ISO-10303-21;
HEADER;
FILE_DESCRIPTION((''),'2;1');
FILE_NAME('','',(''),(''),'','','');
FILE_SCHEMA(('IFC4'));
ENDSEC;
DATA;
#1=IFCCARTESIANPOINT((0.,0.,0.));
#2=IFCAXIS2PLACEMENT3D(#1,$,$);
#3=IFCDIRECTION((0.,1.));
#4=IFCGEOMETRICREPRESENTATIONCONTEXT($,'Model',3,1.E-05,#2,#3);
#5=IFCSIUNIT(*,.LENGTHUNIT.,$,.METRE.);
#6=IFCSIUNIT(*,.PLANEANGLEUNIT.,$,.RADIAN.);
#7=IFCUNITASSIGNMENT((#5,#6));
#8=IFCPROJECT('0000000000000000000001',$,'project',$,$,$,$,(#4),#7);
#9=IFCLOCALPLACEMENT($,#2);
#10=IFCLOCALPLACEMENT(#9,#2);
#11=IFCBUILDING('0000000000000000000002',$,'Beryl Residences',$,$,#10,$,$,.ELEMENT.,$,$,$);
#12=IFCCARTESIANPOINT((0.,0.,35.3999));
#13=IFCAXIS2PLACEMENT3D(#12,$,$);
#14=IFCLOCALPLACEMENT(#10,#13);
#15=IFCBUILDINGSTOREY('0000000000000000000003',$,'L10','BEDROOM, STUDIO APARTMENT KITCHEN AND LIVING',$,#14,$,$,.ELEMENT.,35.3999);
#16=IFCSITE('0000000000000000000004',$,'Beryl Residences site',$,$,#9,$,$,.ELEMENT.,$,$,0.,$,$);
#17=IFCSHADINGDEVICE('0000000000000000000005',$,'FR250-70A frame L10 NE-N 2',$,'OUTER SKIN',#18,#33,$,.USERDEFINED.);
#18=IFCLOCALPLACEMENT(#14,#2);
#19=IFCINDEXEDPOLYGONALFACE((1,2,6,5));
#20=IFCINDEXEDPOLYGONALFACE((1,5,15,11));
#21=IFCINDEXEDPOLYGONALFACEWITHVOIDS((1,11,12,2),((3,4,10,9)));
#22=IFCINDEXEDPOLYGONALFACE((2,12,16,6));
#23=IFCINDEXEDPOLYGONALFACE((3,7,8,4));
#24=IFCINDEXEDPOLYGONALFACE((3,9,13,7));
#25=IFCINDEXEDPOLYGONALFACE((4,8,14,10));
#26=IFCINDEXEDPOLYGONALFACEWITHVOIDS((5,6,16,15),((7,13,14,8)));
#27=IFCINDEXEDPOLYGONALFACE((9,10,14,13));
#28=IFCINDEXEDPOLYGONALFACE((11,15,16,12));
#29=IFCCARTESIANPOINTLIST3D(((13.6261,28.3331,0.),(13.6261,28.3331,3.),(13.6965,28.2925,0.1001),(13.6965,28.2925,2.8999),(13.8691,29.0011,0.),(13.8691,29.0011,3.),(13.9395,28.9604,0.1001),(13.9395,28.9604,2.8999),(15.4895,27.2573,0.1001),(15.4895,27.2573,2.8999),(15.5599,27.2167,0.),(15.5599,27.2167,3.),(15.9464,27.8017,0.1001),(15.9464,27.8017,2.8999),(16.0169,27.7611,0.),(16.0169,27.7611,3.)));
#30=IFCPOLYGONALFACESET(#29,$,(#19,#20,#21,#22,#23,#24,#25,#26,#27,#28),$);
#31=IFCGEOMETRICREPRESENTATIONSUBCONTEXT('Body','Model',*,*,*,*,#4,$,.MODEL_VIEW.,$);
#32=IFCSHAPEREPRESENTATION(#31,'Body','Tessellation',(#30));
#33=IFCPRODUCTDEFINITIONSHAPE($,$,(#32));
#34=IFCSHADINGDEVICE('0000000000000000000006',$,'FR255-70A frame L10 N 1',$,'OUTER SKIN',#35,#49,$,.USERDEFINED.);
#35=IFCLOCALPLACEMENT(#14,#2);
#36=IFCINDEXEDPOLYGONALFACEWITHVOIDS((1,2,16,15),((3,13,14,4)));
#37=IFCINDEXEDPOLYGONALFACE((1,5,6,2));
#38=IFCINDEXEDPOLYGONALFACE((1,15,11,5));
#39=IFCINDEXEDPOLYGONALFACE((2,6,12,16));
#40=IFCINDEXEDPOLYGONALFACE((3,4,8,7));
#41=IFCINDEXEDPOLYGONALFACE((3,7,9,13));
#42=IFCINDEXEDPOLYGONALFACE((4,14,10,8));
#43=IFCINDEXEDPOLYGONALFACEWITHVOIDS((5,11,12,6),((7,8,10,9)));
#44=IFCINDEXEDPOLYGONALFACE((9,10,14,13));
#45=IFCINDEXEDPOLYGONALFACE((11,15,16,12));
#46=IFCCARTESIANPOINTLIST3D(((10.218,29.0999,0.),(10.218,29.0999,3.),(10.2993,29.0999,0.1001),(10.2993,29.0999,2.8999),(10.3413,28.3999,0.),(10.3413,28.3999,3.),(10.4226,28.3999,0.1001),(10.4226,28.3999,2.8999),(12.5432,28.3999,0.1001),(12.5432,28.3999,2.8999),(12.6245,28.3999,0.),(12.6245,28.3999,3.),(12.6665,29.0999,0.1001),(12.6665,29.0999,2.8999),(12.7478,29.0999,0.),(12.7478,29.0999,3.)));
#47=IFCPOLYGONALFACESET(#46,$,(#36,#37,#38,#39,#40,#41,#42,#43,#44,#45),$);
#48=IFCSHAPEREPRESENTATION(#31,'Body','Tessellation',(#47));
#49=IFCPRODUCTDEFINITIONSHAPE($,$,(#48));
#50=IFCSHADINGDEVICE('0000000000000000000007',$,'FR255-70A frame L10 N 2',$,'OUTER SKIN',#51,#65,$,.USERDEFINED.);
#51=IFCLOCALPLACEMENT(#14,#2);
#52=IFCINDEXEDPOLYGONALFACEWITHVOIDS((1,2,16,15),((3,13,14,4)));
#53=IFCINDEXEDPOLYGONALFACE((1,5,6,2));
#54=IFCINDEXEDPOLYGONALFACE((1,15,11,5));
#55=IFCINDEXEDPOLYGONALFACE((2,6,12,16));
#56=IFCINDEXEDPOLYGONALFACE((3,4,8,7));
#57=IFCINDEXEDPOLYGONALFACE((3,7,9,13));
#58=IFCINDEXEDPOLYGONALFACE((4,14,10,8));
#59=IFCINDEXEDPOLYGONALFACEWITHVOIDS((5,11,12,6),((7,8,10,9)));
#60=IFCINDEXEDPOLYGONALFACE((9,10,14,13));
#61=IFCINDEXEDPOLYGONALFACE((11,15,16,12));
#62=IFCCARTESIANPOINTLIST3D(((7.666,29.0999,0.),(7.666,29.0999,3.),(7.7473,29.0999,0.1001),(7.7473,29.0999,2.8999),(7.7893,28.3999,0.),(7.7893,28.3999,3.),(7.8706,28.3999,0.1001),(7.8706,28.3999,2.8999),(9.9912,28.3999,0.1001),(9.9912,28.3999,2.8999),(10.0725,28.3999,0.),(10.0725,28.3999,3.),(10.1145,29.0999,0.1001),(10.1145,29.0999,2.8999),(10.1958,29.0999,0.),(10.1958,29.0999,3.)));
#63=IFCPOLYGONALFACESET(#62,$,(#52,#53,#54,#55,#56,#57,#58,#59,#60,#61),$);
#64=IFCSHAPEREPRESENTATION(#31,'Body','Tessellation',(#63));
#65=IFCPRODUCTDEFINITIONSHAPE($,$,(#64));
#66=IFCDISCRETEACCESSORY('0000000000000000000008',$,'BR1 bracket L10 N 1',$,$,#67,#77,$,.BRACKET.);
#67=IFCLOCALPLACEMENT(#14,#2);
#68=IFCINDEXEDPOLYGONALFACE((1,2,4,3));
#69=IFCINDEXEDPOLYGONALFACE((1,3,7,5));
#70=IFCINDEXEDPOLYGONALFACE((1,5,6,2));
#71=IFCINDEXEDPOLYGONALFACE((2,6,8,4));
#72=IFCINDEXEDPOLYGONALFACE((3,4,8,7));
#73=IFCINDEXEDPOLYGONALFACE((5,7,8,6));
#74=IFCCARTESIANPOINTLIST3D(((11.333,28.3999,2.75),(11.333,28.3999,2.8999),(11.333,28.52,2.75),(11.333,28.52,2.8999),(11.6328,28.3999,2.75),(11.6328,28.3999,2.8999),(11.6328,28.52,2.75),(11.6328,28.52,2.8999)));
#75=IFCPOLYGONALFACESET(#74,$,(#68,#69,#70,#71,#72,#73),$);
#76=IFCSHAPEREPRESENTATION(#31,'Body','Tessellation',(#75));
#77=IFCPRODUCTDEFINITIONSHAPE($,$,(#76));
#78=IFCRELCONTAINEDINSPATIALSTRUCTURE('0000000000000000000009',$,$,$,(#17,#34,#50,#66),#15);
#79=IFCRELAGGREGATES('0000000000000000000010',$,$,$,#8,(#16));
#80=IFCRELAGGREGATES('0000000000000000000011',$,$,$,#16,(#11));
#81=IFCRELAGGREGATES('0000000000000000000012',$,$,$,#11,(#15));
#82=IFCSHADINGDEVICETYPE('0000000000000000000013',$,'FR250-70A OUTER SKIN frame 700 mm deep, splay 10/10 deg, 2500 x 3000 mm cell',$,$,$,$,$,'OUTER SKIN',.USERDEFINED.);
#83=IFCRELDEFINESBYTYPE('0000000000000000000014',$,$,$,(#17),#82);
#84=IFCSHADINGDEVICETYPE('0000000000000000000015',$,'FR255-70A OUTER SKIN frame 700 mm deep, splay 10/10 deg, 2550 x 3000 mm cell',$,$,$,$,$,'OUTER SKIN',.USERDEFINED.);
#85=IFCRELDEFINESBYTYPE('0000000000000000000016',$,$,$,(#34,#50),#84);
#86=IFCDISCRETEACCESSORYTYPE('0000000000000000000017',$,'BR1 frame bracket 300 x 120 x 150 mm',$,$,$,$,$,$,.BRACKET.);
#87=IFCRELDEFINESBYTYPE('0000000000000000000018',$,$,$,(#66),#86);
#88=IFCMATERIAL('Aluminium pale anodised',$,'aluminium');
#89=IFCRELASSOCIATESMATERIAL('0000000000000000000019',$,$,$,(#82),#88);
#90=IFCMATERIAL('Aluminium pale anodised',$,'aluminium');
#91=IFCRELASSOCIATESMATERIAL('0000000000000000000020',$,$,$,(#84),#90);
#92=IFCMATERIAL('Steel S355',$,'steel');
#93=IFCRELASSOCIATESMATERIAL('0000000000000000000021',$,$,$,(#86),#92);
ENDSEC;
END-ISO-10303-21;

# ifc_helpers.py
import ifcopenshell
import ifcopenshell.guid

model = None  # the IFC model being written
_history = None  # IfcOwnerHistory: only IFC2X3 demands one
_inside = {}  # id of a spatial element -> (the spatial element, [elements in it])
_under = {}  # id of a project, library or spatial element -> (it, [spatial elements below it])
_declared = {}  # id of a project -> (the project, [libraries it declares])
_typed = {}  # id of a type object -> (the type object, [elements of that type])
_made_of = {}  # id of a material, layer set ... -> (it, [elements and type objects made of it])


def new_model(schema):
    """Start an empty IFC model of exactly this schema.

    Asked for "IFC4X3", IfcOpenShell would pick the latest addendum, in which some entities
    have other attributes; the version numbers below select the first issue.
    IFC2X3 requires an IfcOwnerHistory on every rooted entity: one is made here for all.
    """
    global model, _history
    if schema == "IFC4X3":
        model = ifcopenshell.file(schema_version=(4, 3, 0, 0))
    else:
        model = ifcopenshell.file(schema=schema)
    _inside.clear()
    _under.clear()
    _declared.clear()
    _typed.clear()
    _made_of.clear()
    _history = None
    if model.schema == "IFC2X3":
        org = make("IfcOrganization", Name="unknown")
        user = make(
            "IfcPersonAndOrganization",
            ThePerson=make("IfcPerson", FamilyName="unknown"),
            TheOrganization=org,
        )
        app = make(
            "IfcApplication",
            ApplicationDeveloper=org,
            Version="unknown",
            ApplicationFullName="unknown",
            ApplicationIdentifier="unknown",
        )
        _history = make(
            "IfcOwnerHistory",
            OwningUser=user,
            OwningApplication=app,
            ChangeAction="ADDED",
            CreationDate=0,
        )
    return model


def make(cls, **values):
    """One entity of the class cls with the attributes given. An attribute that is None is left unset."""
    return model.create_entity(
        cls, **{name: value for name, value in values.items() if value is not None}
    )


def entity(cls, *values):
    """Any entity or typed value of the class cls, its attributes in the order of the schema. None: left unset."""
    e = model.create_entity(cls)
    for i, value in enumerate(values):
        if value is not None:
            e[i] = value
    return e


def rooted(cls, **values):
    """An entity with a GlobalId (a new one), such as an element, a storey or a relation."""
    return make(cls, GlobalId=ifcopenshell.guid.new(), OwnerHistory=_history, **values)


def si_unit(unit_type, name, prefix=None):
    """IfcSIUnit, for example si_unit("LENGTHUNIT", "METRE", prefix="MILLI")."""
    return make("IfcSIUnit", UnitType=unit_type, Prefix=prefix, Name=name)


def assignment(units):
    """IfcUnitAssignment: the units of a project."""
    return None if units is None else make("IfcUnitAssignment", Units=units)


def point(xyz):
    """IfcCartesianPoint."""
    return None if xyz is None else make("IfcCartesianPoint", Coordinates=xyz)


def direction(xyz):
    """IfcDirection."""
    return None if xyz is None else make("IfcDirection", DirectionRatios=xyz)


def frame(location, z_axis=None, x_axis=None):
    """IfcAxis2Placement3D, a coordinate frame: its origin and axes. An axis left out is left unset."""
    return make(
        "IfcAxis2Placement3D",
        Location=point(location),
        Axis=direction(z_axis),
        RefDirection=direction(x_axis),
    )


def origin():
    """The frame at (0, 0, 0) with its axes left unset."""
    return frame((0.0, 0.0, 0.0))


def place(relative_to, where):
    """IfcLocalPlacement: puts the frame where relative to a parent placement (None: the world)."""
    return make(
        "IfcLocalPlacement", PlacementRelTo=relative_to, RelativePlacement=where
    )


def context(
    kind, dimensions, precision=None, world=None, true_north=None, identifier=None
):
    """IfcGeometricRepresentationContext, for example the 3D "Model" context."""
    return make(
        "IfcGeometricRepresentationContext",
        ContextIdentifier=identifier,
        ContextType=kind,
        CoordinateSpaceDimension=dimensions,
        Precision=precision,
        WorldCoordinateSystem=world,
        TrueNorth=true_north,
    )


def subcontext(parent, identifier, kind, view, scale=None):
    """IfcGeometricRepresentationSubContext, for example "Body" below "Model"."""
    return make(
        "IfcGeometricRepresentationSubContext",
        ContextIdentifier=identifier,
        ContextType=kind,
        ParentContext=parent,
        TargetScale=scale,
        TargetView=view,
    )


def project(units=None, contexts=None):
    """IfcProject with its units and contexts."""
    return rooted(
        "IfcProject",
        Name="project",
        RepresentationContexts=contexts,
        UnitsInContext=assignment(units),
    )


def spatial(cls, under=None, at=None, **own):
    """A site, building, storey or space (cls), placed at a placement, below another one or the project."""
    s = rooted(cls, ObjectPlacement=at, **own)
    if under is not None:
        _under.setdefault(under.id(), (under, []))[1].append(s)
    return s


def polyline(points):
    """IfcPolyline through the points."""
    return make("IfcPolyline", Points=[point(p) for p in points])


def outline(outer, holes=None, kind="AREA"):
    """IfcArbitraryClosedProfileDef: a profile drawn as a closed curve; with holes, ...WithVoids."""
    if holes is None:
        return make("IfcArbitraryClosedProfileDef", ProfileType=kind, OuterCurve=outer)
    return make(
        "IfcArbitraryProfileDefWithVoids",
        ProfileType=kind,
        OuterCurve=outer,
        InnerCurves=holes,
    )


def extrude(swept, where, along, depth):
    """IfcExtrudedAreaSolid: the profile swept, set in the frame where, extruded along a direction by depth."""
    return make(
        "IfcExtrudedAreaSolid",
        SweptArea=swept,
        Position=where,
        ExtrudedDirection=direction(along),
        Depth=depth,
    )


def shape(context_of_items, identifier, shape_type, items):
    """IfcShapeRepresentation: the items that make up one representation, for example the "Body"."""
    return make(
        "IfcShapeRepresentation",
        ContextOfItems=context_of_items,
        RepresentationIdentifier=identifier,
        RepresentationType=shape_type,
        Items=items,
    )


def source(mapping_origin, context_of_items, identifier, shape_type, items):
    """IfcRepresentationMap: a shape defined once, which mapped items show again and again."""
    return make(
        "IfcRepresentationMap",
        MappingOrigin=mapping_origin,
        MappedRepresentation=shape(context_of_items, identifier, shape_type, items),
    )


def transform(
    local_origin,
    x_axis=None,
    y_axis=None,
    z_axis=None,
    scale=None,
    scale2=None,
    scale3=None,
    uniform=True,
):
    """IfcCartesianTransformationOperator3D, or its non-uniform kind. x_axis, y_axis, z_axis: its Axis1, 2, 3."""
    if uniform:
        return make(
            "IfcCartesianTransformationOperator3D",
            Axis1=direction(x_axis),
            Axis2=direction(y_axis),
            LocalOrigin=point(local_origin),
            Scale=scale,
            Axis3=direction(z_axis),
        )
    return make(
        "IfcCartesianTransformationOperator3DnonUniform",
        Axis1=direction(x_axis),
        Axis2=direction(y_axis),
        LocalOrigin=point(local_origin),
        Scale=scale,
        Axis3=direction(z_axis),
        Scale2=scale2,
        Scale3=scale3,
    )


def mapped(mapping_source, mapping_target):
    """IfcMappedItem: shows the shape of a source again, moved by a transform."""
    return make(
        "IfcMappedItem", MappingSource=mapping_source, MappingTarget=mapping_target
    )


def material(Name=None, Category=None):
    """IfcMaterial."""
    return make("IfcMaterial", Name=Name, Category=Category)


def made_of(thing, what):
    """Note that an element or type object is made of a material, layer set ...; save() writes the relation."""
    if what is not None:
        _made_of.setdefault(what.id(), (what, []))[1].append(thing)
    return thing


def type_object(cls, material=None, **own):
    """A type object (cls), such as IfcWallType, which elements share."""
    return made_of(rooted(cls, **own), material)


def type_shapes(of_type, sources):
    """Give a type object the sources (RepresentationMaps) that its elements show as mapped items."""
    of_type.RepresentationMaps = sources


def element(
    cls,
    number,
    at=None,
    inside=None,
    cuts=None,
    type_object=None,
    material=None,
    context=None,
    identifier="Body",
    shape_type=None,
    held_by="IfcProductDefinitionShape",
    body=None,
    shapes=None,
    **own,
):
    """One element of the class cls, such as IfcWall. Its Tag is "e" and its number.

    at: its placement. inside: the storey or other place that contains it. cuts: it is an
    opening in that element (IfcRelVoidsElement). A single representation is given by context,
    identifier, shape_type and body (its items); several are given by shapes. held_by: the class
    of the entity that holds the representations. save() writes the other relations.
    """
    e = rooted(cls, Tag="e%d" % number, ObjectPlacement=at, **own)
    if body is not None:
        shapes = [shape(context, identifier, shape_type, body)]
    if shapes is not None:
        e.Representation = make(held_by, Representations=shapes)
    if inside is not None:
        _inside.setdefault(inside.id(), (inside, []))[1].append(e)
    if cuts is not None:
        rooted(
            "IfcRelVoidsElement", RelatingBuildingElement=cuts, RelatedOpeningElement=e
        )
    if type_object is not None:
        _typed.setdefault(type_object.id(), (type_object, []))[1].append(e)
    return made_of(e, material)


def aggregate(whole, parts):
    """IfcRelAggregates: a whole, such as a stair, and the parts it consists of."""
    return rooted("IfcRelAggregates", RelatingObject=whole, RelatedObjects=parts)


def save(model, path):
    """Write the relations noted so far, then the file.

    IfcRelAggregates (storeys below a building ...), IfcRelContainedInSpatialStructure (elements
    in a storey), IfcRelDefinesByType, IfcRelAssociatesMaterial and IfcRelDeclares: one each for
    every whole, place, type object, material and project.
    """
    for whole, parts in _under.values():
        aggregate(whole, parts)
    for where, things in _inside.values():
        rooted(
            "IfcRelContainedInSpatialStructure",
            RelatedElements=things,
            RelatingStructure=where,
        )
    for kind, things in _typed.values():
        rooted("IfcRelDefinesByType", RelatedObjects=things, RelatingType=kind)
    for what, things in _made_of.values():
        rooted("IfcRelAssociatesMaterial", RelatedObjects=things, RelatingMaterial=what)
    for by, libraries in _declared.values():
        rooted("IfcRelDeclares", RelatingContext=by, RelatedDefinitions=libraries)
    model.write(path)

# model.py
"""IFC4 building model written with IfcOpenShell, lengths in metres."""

from ifc_helpers import new_model, entity, si_unit, direction, frame, origin, place, context, subcontext, project, spatial, polyline, outline, extrude, source, transform, mapped, material, type_object, type_shapes, element, save


model = new_model("IFC4")

# Units and contexts
model_context = context("Model", 3, precision=1e-05, world=origin(), true_north=direction((0.0, 1.0)))
body_context = subcontext(model_context, "Body", "Model", "MODEL_VIEW")
ifc_project = project(units=[si_unit("LENGTHUNIT", "METRE"), si_unit("PLANEANGLEUNIT", "RADIAN")], contexts=[model_context])

# Site, building, storey
site_placement = place(None, origin())
site = spatial("IfcSite", under=ifc_project, at=site_placement, Name="Beryl Residences site", CompositionType="ELEMENT", RefElevation=0.0)
building_placement = place(site_placement, origin())
building = spatial("IfcBuilding", under=site, at=building_placement, Name="Beryl Residences", CompositionType="ELEMENT")
storey_placement = place(building_placement, frame((0.0, 0.0, 35.3999)))
storey = spatial("IfcBuildingStorey", under=building, at=storey_placement, Name="L10", Description="BEDROOM, STUDIO APARTMENT KITCHEN AND LIVING", CompositionType="ELEMENT", Elevation=35.3999)

# Shading devices
ifc_material_1 = material(Name="Aluminium pale anodised", Category="aluminium")
shading_device_type_1 = type_object("IfcShadingDeviceType", Name="FR250-70A OUTER SKIN frame 700 mm deep, splay 10/10 deg, 2500 x 3000 mm cell", ElementType="OUTER SKIN", PredefinedType="USERDEFINED", material=ifc_material_1)
cartesian_point_1 = entity("IfcCartesianPoint", [-1.1165, 0.0])
cartesian_point_2 = entity("IfcCartesianPoint", [-1.0352, 0.1001])
cartesian_point_3 = entity("IfcCartesianPoint", [-1.24, 0.0])
cartesian_point_4 = entity("IfcCartesianPoint", [-1.1587, 0.1001])
shared_shape_1 = source(origin(), body_context, "Body", "SweptSolid", [
    entity("IfcExtrudedAreaSolidTapered", entity("IfcArbitraryProfileDefWithVoids", "AREA", None, entity("IfcPolyline", [cartesian_point_1, entity("IfcCartesianPoint", [1.1165, 0.0]), entity("IfcCartesianPoint", [1.1165, 3.0]), entity("IfcCartesianPoint", [-1.1165, 3.0]), cartesian_point_1]), [entity("IfcPolyline", [cartesian_point_2, entity("IfcCartesianPoint", [1.0352, 0.1001]), entity("IfcCartesianPoint", [1.0352, 2.8999]), entity("IfcCartesianPoint", [-1.0352, 2.8999]), cartesian_point_2])]), entity("IfcAxis2Placement3D", entity("IfcCartesianPoint", [0.0, 0.0, 0.0]), entity("IfcDirection", [0.0, 1.0, 0.0]), entity("IfcDirection", [-1.0, 0.0, 0.0])), entity("IfcDirection", [0.0, 0.0, 1.0]), 0.7, entity("IfcArbitraryProfileDefWithVoids", "AREA", None, entity("IfcPolyline", [cartesian_point_3, entity("IfcCartesianPoint", [1.24, 0.0]), entity("IfcCartesianPoint", [1.24, 3.0]), entity("IfcCartesianPoint", [-1.24, 3.0]), cartesian_point_3]), [entity("IfcPolyline", [cartesian_point_4, entity("IfcCartesianPoint", [1.1587, 0.1001]), entity("IfcCartesianPoint", [1.1587, 2.8999]), entity("IfcCartesianPoint", [-1.1587, 2.8999]), cartesian_point_4])])),
])
type_shapes(shading_device_type_1, [shared_shape_1])
shading_device_placement = place(storey_placement, frame((14.593, 27.7749, 0.0), z_axis=(0.0, 0.0, 1.0), x_axis=(0.866025, -0.5, 0.0)))
element("IfcShadingDevice", 1, at=shading_device_placement, inside=storey, type_object=shading_device_type_1, Name="FR250-70A frame L10 NE-N 2", ObjectType="OUTER SKIN", PredefinedType="USERDEFINED", context=body_context, shape_type="MappedRepresentation", body=[
    mapped(shared_shape_1, transform((0.0, 0.0, 0.0))),
])
ifc_material_2 = material(Name="Aluminium pale anodised", Category="aluminium")
shading_device_type_2 = type_object("IfcShadingDeviceType", Name="FR255-70A OUTER SKIN frame 700 mm deep, splay 10/10 deg, 2550 x 3000 mm cell", ElementType="OUTER SKIN", PredefinedType="USERDEFINED", material=ifc_material_2)
cartesian_point_5 = entity("IfcCartesianPoint", [-1.1416, 0.0])
cartesian_point_6 = entity("IfcCartesianPoint", [-1.0603, 0.1001])
cartesian_point_7 = entity("IfcCartesianPoint", [-1.2649, 0.0])
cartesian_point_8 = entity("IfcCartesianPoint", [-1.1836, 0.1001])
shared_shape_2 = source(origin(), body_context, "Body", "SweptSolid", [
    entity("IfcExtrudedAreaSolidTapered", entity("IfcArbitraryProfileDefWithVoids", "AREA", None, entity("IfcPolyline", [cartesian_point_5, entity("IfcCartesianPoint", [1.1416, 0.0]), entity("IfcCartesianPoint", [1.1416, 3.0]), entity("IfcCartesianPoint", [-1.1416, 3.0]), cartesian_point_5]), [entity("IfcPolyline", [cartesian_point_6, entity("IfcCartesianPoint", [1.0603, 0.1001]), entity("IfcCartesianPoint", [1.0603, 2.8999]), entity("IfcCartesianPoint", [-1.0603, 2.8999]), cartesian_point_6])]), entity("IfcAxis2Placement3D", entity("IfcCartesianPoint", [0.0, 0.0, 0.0]), entity("IfcDirection", [0.0, 1.0, 0.0]), entity("IfcDirection", [-1.0, 0.0, 0.0])), entity("IfcDirection", [0.0, 0.0, 1.0]), 0.7, entity("IfcArbitraryProfileDefWithVoids", "AREA", None, entity("IfcPolyline", [cartesian_point_7, entity("IfcCartesianPoint", [1.2649, 0.0]), entity("IfcCartesianPoint", [1.2649, 3.0]), entity("IfcCartesianPoint", [-1.2649, 3.0]), cartesian_point_7]), [entity("IfcPolyline", [cartesian_point_8, entity("IfcCartesianPoint", [1.1836, 0.1001]), entity("IfcCartesianPoint", [1.1836, 2.8999]), entity("IfcCartesianPoint", [-1.1836, 2.8999]), cartesian_point_8])])),
])
type_shapes(shading_device_type_2, [shared_shape_2])
for number, where, z_axis, x_axis, name in (
    (2, (11.4829, 28.3999, 0.0), (0.0, 0.0, 1.0), (1.0, 0.0, 0.0), "FR255-70A frame L10 N 1"),
    (3, (8.9309, 28.3999, 0.0), (0.0, 0.0, 1.0), (1.0, 0.0, 0.0), "FR255-70A frame L10 N 2"),
):
    element("IfcShadingDevice", number, at=place(storey_placement, frame(where, z_axis=z_axis, x_axis=x_axis)), inside=storey, type_object=shading_device_type_2, Name=name, ObjectType="OUTER SKIN", PredefinedType="USERDEFINED", context=body_context, shape_type="MappedRepresentation", body=[
        mapped(shared_shape_2, transform((0.0, 0.0, 0.0))),
    ])

# Discrete accessory
ifc_material_3 = material(Name="Steel S355", Category="steel")
discrete_accessory_type = type_object("IfcDiscreteAccessoryType", Name="BR1 frame bracket 300 x 120 x 150 mm", PredefinedType="BRACKET", material=ifc_material_3)
shared_shape_3 = source(origin(), body_context, "Body", "SweptSolid", [
    extrude(outline(polyline([(-0.1499, 0.0), (0.1499, 0.0), (0.1499, 0.1201), (-0.1499, 0.1201), (-0.1499, 0.0)])), origin(), (0.0, 0.0, 1.0), 0.1499),
])
type_shapes(discrete_accessory_type, [shared_shape_3])
discrete_accessory_placement = place(storey_placement, frame((11.4829, 28.3999, 2.75), z_axis=(0.0, 0.0, 1.0), x_axis=(1.0, 0.0, 0.0)))
element("IfcDiscreteAccessory", 4, at=discrete_accessory_placement, inside=storey, type_object=discrete_accessory_type, Name="BR1 bracket L10 N 1", PredefinedType="BRACKET", context=body_context, shape_type="MappedRepresentation", body=[
    mapped(shared_shape_3, transform((0.0, 0.0, 0.0))),
])

save(model, "model.ifc")
